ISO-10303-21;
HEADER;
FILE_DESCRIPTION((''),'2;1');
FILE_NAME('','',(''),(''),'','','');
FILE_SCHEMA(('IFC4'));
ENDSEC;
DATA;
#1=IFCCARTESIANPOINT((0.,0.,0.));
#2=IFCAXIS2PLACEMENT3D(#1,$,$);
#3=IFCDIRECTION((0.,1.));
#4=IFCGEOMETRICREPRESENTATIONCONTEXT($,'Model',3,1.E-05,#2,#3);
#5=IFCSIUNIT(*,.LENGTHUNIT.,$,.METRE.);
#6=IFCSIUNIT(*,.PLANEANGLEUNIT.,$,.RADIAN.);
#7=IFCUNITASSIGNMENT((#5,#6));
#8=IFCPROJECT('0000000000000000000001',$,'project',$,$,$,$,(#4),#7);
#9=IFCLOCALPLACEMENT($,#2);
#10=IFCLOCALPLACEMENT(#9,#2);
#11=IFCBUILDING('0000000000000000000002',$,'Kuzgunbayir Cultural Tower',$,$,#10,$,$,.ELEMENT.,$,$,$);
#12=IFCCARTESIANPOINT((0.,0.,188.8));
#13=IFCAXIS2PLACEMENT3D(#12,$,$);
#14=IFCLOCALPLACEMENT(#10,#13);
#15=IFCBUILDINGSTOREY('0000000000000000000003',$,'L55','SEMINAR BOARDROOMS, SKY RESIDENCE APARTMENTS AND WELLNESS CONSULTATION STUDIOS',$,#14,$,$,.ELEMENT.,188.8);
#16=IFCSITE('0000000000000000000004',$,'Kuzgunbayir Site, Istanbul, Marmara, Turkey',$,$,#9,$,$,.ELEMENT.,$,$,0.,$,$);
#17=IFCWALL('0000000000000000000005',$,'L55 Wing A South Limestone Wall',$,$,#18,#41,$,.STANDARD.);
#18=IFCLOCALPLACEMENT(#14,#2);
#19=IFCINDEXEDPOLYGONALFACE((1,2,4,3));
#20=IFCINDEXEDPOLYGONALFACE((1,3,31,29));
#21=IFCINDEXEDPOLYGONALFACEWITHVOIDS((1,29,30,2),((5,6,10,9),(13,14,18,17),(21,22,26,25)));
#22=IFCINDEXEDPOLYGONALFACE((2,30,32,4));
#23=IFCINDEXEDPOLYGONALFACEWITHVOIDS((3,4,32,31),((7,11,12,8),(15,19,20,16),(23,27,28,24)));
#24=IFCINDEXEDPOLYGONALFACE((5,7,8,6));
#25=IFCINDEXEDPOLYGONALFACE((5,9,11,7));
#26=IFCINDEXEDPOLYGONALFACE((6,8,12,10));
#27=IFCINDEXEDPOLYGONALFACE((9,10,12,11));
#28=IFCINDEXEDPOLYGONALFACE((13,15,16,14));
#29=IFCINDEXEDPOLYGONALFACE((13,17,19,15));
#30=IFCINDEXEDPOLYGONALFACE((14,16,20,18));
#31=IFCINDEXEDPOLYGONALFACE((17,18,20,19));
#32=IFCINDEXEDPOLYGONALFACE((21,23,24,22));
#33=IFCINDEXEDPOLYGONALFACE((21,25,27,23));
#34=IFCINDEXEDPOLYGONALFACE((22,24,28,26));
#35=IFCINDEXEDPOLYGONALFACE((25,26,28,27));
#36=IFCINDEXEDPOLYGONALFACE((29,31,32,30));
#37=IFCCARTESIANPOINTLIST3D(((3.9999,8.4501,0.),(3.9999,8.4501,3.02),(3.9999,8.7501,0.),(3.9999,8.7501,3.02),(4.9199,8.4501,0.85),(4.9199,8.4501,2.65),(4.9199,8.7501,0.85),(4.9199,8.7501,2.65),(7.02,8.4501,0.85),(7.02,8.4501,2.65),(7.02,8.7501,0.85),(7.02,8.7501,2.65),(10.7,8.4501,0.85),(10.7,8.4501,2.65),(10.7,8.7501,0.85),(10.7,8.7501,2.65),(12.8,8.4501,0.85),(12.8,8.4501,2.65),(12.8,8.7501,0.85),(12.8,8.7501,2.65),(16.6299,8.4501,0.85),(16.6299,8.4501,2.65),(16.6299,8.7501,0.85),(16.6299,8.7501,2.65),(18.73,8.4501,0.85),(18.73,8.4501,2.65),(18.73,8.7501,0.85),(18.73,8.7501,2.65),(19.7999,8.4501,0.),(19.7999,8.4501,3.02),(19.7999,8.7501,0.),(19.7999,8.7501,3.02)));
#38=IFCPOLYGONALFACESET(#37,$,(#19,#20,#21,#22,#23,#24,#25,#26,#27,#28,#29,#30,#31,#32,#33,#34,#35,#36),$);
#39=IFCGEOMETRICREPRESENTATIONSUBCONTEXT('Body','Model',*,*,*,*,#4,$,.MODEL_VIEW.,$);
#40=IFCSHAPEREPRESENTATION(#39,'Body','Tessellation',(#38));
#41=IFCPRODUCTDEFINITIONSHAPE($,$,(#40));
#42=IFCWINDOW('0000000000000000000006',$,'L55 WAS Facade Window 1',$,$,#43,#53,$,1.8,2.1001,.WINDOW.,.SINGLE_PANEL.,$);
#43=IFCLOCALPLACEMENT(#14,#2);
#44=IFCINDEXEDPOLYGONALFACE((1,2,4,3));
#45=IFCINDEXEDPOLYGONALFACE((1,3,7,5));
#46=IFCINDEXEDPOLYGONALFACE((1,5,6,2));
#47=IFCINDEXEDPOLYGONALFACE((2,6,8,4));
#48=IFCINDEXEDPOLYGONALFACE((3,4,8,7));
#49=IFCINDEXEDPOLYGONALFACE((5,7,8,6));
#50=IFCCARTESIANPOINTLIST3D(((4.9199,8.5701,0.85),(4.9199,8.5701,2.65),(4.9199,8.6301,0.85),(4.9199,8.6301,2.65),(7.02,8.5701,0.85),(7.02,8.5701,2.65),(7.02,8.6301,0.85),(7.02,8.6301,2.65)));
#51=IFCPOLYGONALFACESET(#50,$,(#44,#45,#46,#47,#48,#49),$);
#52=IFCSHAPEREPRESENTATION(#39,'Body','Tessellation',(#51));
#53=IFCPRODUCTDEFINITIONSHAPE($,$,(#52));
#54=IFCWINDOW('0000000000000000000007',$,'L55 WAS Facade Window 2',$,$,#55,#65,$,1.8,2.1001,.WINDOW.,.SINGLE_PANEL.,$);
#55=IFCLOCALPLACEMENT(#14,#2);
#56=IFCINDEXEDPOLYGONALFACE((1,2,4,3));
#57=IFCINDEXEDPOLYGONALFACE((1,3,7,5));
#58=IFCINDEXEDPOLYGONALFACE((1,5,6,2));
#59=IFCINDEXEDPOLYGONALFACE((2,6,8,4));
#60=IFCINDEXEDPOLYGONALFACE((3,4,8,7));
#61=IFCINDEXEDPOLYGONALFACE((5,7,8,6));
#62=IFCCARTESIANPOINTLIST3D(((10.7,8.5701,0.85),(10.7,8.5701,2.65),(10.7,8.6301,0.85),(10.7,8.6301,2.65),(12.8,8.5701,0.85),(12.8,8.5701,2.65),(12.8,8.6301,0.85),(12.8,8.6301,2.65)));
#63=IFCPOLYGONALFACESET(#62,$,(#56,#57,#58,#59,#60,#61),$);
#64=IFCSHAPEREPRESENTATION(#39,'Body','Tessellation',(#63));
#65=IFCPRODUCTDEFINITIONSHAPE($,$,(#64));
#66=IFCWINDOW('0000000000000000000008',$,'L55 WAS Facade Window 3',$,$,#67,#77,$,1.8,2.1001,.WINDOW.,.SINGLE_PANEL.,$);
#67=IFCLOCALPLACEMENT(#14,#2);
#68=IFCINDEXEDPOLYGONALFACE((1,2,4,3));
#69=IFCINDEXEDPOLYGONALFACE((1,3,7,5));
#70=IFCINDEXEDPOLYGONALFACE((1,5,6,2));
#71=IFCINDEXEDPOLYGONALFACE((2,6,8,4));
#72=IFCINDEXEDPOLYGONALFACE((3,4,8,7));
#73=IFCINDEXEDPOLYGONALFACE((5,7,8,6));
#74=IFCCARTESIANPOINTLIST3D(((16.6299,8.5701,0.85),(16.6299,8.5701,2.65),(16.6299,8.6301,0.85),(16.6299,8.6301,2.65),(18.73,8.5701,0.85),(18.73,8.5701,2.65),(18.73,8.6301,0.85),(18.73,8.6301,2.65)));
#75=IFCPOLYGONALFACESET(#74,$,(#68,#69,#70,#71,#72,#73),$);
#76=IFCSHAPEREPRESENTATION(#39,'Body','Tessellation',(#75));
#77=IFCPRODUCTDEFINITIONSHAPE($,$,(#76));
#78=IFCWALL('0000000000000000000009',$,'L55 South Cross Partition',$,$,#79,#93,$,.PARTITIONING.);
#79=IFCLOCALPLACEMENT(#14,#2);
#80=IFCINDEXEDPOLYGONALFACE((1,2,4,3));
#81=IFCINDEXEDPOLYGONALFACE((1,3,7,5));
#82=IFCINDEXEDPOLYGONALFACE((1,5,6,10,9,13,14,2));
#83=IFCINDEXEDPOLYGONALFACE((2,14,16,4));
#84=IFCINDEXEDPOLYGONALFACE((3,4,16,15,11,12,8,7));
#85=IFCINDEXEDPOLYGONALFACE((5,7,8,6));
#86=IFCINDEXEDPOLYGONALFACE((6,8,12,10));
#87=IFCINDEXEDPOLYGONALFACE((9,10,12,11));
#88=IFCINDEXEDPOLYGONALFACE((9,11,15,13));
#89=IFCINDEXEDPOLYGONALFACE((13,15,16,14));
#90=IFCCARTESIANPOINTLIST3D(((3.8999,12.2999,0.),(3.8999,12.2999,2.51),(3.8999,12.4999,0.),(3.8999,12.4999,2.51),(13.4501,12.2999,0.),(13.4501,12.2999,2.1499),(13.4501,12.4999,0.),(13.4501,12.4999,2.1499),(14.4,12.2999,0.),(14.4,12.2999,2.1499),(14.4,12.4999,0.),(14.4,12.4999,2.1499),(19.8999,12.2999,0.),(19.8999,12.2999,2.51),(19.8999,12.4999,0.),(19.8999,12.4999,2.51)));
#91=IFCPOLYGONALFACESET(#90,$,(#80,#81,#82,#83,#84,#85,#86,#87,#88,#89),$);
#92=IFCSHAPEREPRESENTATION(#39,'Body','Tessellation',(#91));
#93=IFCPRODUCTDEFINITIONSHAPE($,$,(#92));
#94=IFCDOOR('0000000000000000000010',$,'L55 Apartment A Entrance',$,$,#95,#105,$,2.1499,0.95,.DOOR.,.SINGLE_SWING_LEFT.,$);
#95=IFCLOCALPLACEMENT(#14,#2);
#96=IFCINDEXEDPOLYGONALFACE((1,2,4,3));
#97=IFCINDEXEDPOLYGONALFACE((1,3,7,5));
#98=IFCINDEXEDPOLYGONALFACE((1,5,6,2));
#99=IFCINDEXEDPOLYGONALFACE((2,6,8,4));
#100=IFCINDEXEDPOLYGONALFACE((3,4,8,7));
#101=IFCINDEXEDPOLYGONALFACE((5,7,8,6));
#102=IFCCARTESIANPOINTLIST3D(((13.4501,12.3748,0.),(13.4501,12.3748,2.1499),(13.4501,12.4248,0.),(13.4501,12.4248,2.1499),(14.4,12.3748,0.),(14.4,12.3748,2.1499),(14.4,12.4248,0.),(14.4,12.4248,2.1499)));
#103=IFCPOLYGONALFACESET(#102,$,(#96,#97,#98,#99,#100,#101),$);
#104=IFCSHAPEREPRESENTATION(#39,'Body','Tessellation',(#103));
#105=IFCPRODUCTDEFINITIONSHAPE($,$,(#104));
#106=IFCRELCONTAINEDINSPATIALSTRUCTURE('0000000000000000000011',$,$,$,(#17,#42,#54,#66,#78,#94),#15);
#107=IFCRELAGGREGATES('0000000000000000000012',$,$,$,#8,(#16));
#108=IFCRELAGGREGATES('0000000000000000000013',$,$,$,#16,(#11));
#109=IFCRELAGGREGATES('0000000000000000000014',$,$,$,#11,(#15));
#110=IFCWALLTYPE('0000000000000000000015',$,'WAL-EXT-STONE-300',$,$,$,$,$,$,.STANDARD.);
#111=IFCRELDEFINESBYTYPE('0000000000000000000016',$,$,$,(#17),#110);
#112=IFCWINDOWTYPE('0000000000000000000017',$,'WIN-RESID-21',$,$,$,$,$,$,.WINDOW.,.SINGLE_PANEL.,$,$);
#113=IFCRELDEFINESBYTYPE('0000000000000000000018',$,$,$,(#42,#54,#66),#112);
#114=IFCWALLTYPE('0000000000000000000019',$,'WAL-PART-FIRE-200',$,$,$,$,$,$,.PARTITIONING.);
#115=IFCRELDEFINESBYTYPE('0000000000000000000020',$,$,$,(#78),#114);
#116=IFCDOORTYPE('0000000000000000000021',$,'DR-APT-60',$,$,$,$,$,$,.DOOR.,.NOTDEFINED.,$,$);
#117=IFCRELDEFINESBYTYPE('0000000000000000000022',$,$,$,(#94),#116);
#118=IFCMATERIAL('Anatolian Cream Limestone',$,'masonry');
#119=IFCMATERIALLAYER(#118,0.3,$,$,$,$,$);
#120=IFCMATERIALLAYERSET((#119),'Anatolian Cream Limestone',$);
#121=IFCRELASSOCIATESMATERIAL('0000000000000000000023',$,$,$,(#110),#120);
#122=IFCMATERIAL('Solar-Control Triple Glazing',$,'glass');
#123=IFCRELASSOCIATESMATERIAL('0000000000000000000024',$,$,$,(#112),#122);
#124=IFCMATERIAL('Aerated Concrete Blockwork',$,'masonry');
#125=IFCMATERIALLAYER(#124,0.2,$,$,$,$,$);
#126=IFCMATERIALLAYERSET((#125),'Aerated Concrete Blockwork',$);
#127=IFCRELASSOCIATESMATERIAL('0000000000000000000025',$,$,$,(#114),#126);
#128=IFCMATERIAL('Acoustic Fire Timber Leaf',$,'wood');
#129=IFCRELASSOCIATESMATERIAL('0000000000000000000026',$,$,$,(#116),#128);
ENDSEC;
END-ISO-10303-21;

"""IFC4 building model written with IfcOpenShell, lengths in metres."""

from ifc_helpers import new_model, si_unit, direction, frame, frame_2d, origin, place, context, subcontext, project, spatial, rectangle, extrude, material, layer, layer_set, type_object, element, fill, save


model = new_model("IFC4")

# Units and contexts
model_context = context("Model", 3, precision=1e-05, world=origin(), true_north=direction((0.0, 1.0)))
body_context = subcontext(model_context, "Body", "Model", "MODEL_VIEW")
ifc_project = project(units=[si_unit("LENGTHUNIT", "METRE"), si_unit("PLANEANGLEUNIT", "RADIAN")], contexts=[model_context])

# Site, building, storey
site_placement = place(None, origin())
site = spatial("IfcSite", under=ifc_project, at=site_placement, Name="Kuzgunbayir Site, Istanbul, Marmara, Turkey", CompositionType="ELEMENT", RefElevation=0.0)
building_placement = place(site_placement, origin())
building = spatial("IfcBuilding", under=site, at=building_placement, Name="Kuzgunbayir Cultural Tower", CompositionType="ELEMENT")
storey_placement = place(building_placement, frame((0.0, 0.0, 188.8)))
storey = spatial("IfcBuildingStorey", under=building, at=storey_placement, Name="L55", Description="SEMINAR BOARDROOMS, SKY RESIDENCE APARTMENTS AND WELLNESS CONSULTATION STUDIOS", CompositionType="ELEMENT", Elevation=188.8)

# Wall, openings, windows
ifc_material_1 = material(Name="Anatolian Cream Limestone", Category="masonry")
ifc_layer_1 = layer(ifc_material_1, 0.3)
ifc_layer_set_1 = layer_set([ifc_layer_1], Name="Anatolian Cream Limestone")
wall_type_1 = type_object("IfcWallType", Name="WAL-EXT-STONE-300", PredefinedType="STANDARD", material=ifc_layer_set_1)
wall_1_placement = place(storey_placement, frame((4.0, 8.6001, 0.0), z_axis=(0.0, 0.0, 1.0), x_axis=(1.0, 0.0, 0.0)))
wall_1 = element("IfcWall", 1, at=wall_1_placement, inside=storey, type_object=wall_type_1, Name="L55 Wing A South Limestone Wall", PredefinedType="STANDARD", context=body_context, shape_type="SweptSolid", body=[
    extrude(rectangle(XDim=15.8, YDim=0.3, at=frame_2d((7.8999, 0.0))), origin(), (0.0, 0.0, 1.0), 3.02),
])
opening_1_placement = place(wall_1_placement, frame((0.9199, 0.0, 0.8501)))
opening_1 = element("IfcOpeningElement", 2, at=opening_1_placement, cuts=wall_1, PredefinedType="OPENING", context=body_context, shape_type="SweptSolid", body=[
    extrude(rectangle(XDim=2.1001, YDim=1.8, at=frame_2d((1.05, 0.8999))), frame((0.0, 0.1602, 0.0), z_axis=(0.0, -1.0, 0.0), x_axis=(1.0, 0.0, 0.0)), (0.0, 0.0, 1.0), 0.3201),
])
opening_2_placement = place(wall_1_placement, frame((6.7, 0.0, 0.8501)))
opening_2 = element("IfcOpeningElement", 3, at=opening_2_placement, cuts=wall_1, PredefinedType="OPENING", context=body_context, shape_type="SweptSolid", body=[
    extrude(rectangle(XDim=2.1001, YDim=1.8, at=frame_2d((1.05, 0.8999))), frame((0.0, 0.1602, 0.0), z_axis=(0.0, -1.0, 0.0), x_axis=(1.0, 0.0, 0.0)), (0.0, 0.0, 1.0), 0.3201),
])
opening_3_placement = place(wall_1_placement, frame((12.6299, 0.0, 0.8501)))
opening_3 = element("IfcOpeningElement", 4, at=opening_3_placement, cuts=wall_1, PredefinedType="OPENING", context=body_context, shape_type="SweptSolid", body=[
    extrude(rectangle(XDim=2.1001, YDim=1.8, at=frame_2d((1.05, 0.8999))), frame((0.0, 0.1602, 0.0), z_axis=(0.0, -1.0, 0.0), x_axis=(1.0, 0.0, 0.0)), (0.0, 0.0, 1.0), 0.3201),
])
ifc_material_2 = material(Name="Solar-Control Triple Glazing", Category="glass")
window_type = type_object("IfcWindowType", Name="WIN-RESID-21", PartitioningType="SINGLE_PANEL", PredefinedType="WINDOW", material=ifc_material_2)
window_1_placement = place(opening_1_placement, origin())
window_1 = element("IfcWindow", 5, at=window_1_placement, inside=storey, type_object=window_type, Name="L55 WAS Facade Window 1", OverallHeight=1.8, OverallWidth=2.1001, PartitioningType="SINGLE_PANEL", PredefinedType="WINDOW", context=body_context, shape_type="SweptSolid", body=[
    extrude(rectangle(XDim=2.1001, YDim=1.8, at=frame_2d((1.05, 0.8999))), frame((0.0, 0.03, 0.0), z_axis=(0.0, -1.0, 0.0), x_axis=(1.0, 0.0, 0.0)), (0.0, 0.0, 1.0), 0.0601),
])
fill(opening_1, window_1)
window_2_placement = place(opening_2_placement, origin())
window_2 = element("IfcWindow", 6, at=window_2_placement, inside=storey, type_object=window_type, Name="L55 WAS Facade Window 2", OverallHeight=1.8, OverallWidth=2.1001, PartitioningType="SINGLE_PANEL", PredefinedType="WINDOW", context=body_context, shape_type="SweptSolid", body=[
    extrude(rectangle(XDim=2.1001, YDim=1.8, at=frame_2d((1.05, 0.8999))), frame((0.0, 0.03, 0.0), z_axis=(0.0, -1.0, 0.0), x_axis=(1.0, 0.0, 0.0)), (0.0, 0.0, 1.0), 0.0601),
])
fill(opening_2, window_2)
window_3_placement = place(opening_3_placement, origin())
window_3 = element("IfcWindow", 7, at=window_3_placement, inside=storey, type_object=window_type, Name="L55 WAS Facade Window 3", OverallHeight=1.8, OverallWidth=2.1001, PartitioningType="SINGLE_PANEL", PredefinedType="WINDOW", context=body_context, shape_type="SweptSolid", body=[
    extrude(rectangle(XDim=2.1001, YDim=1.8, at=frame_2d((1.05, 0.8999))), frame((0.0, 0.03, 0.0), z_axis=(0.0, -1.0, 0.0), x_axis=(1.0, 0.0, 0.0)), (0.0, 0.0, 1.0), 0.0601),
])
fill(opening_3, window_3)

# Shared definitions
ifc_material_3 = material(Name="Aerated Concrete Blockwork", Category="masonry")
ifc_layer_2 = layer(ifc_material_3, 0.2)
ifc_layer_set_2 = layer_set([ifc_layer_2], Name="Aerated Concrete Blockwork")
wall_type_2 = type_object("IfcWallType", Name="WAL-PART-FIRE-200", PredefinedType="PARTITIONING", material=ifc_layer_set_2)

# Wall, opening, door
wall_2_placement = place(storey_placement, frame((3.8999, 12.3999, 0.0), z_axis=(0.0, 0.0, 1.0), x_axis=(1.0, 0.0, 0.0)))
wall_2 = element("IfcWall", 8, at=wall_2_placement, inside=storey, type_object=wall_type_2, Name="L55 South Cross Partition", PredefinedType="PARTITIONING", context=body_context, shape_type="SweptSolid", body=[
    extrude(rectangle(XDim=16.0, YDim=0.2, at=frame_2d((8.0, 0.0))), origin(), (0.0, 0.0, 1.0), 2.51),
])
opening_4_placement = place(wall_2_placement, frame((9.55, 0.0, 0.0)))
opening_4 = element("IfcOpeningElement", 9, at=opening_4_placement, cuts=wall_2, PredefinedType="OPENING", context=body_context, shape_type="SweptSolid", body=[
    extrude(rectangle(XDim=0.95, YDim=2.1499, at=frame_2d((0.4751, 1.075))), frame((0.0, 0.1099, 0.0), z_axis=(0.0, -1.0, 0.0), x_axis=(1.0, 0.0, 0.0)), (0.0, 0.0, 1.0), 0.22),
])
ifc_material_4 = material(Name="Acoustic Fire Timber Leaf", Category="wood")
door_type_1 = type_object("IfcDoorType", Name="DR-APT-60", OperationType="NOTDEFINED", PredefinedType="DOOR", material=ifc_material_4)
door_1_placement = place(opening_4_placement, origin())
door_1 = element("IfcDoor", 10, at=door_1_placement, inside=storey, type_object=door_type_1, Name="L55 Apartment A Entrance", OperationType="SINGLE_SWING_LEFT", OverallHeight=2.1499, OverallWidth=0.95, PredefinedType="DOOR", context=body_context, shape_type="SweptSolid", body=[
    extrude(rectangle(XDim=0.95, YDim=2.1499, at=frame_2d((0.4751, 1.075))), frame((0.0, 0.0249, 0.0), z_axis=(0.0, -1.0, 0.0), x_axis=(1.0, 0.0, 0.0)), (0.0, 0.0, 1.0), 0.05),
])
fill(opening_4, door_1)

save(model, "model.ifc")
